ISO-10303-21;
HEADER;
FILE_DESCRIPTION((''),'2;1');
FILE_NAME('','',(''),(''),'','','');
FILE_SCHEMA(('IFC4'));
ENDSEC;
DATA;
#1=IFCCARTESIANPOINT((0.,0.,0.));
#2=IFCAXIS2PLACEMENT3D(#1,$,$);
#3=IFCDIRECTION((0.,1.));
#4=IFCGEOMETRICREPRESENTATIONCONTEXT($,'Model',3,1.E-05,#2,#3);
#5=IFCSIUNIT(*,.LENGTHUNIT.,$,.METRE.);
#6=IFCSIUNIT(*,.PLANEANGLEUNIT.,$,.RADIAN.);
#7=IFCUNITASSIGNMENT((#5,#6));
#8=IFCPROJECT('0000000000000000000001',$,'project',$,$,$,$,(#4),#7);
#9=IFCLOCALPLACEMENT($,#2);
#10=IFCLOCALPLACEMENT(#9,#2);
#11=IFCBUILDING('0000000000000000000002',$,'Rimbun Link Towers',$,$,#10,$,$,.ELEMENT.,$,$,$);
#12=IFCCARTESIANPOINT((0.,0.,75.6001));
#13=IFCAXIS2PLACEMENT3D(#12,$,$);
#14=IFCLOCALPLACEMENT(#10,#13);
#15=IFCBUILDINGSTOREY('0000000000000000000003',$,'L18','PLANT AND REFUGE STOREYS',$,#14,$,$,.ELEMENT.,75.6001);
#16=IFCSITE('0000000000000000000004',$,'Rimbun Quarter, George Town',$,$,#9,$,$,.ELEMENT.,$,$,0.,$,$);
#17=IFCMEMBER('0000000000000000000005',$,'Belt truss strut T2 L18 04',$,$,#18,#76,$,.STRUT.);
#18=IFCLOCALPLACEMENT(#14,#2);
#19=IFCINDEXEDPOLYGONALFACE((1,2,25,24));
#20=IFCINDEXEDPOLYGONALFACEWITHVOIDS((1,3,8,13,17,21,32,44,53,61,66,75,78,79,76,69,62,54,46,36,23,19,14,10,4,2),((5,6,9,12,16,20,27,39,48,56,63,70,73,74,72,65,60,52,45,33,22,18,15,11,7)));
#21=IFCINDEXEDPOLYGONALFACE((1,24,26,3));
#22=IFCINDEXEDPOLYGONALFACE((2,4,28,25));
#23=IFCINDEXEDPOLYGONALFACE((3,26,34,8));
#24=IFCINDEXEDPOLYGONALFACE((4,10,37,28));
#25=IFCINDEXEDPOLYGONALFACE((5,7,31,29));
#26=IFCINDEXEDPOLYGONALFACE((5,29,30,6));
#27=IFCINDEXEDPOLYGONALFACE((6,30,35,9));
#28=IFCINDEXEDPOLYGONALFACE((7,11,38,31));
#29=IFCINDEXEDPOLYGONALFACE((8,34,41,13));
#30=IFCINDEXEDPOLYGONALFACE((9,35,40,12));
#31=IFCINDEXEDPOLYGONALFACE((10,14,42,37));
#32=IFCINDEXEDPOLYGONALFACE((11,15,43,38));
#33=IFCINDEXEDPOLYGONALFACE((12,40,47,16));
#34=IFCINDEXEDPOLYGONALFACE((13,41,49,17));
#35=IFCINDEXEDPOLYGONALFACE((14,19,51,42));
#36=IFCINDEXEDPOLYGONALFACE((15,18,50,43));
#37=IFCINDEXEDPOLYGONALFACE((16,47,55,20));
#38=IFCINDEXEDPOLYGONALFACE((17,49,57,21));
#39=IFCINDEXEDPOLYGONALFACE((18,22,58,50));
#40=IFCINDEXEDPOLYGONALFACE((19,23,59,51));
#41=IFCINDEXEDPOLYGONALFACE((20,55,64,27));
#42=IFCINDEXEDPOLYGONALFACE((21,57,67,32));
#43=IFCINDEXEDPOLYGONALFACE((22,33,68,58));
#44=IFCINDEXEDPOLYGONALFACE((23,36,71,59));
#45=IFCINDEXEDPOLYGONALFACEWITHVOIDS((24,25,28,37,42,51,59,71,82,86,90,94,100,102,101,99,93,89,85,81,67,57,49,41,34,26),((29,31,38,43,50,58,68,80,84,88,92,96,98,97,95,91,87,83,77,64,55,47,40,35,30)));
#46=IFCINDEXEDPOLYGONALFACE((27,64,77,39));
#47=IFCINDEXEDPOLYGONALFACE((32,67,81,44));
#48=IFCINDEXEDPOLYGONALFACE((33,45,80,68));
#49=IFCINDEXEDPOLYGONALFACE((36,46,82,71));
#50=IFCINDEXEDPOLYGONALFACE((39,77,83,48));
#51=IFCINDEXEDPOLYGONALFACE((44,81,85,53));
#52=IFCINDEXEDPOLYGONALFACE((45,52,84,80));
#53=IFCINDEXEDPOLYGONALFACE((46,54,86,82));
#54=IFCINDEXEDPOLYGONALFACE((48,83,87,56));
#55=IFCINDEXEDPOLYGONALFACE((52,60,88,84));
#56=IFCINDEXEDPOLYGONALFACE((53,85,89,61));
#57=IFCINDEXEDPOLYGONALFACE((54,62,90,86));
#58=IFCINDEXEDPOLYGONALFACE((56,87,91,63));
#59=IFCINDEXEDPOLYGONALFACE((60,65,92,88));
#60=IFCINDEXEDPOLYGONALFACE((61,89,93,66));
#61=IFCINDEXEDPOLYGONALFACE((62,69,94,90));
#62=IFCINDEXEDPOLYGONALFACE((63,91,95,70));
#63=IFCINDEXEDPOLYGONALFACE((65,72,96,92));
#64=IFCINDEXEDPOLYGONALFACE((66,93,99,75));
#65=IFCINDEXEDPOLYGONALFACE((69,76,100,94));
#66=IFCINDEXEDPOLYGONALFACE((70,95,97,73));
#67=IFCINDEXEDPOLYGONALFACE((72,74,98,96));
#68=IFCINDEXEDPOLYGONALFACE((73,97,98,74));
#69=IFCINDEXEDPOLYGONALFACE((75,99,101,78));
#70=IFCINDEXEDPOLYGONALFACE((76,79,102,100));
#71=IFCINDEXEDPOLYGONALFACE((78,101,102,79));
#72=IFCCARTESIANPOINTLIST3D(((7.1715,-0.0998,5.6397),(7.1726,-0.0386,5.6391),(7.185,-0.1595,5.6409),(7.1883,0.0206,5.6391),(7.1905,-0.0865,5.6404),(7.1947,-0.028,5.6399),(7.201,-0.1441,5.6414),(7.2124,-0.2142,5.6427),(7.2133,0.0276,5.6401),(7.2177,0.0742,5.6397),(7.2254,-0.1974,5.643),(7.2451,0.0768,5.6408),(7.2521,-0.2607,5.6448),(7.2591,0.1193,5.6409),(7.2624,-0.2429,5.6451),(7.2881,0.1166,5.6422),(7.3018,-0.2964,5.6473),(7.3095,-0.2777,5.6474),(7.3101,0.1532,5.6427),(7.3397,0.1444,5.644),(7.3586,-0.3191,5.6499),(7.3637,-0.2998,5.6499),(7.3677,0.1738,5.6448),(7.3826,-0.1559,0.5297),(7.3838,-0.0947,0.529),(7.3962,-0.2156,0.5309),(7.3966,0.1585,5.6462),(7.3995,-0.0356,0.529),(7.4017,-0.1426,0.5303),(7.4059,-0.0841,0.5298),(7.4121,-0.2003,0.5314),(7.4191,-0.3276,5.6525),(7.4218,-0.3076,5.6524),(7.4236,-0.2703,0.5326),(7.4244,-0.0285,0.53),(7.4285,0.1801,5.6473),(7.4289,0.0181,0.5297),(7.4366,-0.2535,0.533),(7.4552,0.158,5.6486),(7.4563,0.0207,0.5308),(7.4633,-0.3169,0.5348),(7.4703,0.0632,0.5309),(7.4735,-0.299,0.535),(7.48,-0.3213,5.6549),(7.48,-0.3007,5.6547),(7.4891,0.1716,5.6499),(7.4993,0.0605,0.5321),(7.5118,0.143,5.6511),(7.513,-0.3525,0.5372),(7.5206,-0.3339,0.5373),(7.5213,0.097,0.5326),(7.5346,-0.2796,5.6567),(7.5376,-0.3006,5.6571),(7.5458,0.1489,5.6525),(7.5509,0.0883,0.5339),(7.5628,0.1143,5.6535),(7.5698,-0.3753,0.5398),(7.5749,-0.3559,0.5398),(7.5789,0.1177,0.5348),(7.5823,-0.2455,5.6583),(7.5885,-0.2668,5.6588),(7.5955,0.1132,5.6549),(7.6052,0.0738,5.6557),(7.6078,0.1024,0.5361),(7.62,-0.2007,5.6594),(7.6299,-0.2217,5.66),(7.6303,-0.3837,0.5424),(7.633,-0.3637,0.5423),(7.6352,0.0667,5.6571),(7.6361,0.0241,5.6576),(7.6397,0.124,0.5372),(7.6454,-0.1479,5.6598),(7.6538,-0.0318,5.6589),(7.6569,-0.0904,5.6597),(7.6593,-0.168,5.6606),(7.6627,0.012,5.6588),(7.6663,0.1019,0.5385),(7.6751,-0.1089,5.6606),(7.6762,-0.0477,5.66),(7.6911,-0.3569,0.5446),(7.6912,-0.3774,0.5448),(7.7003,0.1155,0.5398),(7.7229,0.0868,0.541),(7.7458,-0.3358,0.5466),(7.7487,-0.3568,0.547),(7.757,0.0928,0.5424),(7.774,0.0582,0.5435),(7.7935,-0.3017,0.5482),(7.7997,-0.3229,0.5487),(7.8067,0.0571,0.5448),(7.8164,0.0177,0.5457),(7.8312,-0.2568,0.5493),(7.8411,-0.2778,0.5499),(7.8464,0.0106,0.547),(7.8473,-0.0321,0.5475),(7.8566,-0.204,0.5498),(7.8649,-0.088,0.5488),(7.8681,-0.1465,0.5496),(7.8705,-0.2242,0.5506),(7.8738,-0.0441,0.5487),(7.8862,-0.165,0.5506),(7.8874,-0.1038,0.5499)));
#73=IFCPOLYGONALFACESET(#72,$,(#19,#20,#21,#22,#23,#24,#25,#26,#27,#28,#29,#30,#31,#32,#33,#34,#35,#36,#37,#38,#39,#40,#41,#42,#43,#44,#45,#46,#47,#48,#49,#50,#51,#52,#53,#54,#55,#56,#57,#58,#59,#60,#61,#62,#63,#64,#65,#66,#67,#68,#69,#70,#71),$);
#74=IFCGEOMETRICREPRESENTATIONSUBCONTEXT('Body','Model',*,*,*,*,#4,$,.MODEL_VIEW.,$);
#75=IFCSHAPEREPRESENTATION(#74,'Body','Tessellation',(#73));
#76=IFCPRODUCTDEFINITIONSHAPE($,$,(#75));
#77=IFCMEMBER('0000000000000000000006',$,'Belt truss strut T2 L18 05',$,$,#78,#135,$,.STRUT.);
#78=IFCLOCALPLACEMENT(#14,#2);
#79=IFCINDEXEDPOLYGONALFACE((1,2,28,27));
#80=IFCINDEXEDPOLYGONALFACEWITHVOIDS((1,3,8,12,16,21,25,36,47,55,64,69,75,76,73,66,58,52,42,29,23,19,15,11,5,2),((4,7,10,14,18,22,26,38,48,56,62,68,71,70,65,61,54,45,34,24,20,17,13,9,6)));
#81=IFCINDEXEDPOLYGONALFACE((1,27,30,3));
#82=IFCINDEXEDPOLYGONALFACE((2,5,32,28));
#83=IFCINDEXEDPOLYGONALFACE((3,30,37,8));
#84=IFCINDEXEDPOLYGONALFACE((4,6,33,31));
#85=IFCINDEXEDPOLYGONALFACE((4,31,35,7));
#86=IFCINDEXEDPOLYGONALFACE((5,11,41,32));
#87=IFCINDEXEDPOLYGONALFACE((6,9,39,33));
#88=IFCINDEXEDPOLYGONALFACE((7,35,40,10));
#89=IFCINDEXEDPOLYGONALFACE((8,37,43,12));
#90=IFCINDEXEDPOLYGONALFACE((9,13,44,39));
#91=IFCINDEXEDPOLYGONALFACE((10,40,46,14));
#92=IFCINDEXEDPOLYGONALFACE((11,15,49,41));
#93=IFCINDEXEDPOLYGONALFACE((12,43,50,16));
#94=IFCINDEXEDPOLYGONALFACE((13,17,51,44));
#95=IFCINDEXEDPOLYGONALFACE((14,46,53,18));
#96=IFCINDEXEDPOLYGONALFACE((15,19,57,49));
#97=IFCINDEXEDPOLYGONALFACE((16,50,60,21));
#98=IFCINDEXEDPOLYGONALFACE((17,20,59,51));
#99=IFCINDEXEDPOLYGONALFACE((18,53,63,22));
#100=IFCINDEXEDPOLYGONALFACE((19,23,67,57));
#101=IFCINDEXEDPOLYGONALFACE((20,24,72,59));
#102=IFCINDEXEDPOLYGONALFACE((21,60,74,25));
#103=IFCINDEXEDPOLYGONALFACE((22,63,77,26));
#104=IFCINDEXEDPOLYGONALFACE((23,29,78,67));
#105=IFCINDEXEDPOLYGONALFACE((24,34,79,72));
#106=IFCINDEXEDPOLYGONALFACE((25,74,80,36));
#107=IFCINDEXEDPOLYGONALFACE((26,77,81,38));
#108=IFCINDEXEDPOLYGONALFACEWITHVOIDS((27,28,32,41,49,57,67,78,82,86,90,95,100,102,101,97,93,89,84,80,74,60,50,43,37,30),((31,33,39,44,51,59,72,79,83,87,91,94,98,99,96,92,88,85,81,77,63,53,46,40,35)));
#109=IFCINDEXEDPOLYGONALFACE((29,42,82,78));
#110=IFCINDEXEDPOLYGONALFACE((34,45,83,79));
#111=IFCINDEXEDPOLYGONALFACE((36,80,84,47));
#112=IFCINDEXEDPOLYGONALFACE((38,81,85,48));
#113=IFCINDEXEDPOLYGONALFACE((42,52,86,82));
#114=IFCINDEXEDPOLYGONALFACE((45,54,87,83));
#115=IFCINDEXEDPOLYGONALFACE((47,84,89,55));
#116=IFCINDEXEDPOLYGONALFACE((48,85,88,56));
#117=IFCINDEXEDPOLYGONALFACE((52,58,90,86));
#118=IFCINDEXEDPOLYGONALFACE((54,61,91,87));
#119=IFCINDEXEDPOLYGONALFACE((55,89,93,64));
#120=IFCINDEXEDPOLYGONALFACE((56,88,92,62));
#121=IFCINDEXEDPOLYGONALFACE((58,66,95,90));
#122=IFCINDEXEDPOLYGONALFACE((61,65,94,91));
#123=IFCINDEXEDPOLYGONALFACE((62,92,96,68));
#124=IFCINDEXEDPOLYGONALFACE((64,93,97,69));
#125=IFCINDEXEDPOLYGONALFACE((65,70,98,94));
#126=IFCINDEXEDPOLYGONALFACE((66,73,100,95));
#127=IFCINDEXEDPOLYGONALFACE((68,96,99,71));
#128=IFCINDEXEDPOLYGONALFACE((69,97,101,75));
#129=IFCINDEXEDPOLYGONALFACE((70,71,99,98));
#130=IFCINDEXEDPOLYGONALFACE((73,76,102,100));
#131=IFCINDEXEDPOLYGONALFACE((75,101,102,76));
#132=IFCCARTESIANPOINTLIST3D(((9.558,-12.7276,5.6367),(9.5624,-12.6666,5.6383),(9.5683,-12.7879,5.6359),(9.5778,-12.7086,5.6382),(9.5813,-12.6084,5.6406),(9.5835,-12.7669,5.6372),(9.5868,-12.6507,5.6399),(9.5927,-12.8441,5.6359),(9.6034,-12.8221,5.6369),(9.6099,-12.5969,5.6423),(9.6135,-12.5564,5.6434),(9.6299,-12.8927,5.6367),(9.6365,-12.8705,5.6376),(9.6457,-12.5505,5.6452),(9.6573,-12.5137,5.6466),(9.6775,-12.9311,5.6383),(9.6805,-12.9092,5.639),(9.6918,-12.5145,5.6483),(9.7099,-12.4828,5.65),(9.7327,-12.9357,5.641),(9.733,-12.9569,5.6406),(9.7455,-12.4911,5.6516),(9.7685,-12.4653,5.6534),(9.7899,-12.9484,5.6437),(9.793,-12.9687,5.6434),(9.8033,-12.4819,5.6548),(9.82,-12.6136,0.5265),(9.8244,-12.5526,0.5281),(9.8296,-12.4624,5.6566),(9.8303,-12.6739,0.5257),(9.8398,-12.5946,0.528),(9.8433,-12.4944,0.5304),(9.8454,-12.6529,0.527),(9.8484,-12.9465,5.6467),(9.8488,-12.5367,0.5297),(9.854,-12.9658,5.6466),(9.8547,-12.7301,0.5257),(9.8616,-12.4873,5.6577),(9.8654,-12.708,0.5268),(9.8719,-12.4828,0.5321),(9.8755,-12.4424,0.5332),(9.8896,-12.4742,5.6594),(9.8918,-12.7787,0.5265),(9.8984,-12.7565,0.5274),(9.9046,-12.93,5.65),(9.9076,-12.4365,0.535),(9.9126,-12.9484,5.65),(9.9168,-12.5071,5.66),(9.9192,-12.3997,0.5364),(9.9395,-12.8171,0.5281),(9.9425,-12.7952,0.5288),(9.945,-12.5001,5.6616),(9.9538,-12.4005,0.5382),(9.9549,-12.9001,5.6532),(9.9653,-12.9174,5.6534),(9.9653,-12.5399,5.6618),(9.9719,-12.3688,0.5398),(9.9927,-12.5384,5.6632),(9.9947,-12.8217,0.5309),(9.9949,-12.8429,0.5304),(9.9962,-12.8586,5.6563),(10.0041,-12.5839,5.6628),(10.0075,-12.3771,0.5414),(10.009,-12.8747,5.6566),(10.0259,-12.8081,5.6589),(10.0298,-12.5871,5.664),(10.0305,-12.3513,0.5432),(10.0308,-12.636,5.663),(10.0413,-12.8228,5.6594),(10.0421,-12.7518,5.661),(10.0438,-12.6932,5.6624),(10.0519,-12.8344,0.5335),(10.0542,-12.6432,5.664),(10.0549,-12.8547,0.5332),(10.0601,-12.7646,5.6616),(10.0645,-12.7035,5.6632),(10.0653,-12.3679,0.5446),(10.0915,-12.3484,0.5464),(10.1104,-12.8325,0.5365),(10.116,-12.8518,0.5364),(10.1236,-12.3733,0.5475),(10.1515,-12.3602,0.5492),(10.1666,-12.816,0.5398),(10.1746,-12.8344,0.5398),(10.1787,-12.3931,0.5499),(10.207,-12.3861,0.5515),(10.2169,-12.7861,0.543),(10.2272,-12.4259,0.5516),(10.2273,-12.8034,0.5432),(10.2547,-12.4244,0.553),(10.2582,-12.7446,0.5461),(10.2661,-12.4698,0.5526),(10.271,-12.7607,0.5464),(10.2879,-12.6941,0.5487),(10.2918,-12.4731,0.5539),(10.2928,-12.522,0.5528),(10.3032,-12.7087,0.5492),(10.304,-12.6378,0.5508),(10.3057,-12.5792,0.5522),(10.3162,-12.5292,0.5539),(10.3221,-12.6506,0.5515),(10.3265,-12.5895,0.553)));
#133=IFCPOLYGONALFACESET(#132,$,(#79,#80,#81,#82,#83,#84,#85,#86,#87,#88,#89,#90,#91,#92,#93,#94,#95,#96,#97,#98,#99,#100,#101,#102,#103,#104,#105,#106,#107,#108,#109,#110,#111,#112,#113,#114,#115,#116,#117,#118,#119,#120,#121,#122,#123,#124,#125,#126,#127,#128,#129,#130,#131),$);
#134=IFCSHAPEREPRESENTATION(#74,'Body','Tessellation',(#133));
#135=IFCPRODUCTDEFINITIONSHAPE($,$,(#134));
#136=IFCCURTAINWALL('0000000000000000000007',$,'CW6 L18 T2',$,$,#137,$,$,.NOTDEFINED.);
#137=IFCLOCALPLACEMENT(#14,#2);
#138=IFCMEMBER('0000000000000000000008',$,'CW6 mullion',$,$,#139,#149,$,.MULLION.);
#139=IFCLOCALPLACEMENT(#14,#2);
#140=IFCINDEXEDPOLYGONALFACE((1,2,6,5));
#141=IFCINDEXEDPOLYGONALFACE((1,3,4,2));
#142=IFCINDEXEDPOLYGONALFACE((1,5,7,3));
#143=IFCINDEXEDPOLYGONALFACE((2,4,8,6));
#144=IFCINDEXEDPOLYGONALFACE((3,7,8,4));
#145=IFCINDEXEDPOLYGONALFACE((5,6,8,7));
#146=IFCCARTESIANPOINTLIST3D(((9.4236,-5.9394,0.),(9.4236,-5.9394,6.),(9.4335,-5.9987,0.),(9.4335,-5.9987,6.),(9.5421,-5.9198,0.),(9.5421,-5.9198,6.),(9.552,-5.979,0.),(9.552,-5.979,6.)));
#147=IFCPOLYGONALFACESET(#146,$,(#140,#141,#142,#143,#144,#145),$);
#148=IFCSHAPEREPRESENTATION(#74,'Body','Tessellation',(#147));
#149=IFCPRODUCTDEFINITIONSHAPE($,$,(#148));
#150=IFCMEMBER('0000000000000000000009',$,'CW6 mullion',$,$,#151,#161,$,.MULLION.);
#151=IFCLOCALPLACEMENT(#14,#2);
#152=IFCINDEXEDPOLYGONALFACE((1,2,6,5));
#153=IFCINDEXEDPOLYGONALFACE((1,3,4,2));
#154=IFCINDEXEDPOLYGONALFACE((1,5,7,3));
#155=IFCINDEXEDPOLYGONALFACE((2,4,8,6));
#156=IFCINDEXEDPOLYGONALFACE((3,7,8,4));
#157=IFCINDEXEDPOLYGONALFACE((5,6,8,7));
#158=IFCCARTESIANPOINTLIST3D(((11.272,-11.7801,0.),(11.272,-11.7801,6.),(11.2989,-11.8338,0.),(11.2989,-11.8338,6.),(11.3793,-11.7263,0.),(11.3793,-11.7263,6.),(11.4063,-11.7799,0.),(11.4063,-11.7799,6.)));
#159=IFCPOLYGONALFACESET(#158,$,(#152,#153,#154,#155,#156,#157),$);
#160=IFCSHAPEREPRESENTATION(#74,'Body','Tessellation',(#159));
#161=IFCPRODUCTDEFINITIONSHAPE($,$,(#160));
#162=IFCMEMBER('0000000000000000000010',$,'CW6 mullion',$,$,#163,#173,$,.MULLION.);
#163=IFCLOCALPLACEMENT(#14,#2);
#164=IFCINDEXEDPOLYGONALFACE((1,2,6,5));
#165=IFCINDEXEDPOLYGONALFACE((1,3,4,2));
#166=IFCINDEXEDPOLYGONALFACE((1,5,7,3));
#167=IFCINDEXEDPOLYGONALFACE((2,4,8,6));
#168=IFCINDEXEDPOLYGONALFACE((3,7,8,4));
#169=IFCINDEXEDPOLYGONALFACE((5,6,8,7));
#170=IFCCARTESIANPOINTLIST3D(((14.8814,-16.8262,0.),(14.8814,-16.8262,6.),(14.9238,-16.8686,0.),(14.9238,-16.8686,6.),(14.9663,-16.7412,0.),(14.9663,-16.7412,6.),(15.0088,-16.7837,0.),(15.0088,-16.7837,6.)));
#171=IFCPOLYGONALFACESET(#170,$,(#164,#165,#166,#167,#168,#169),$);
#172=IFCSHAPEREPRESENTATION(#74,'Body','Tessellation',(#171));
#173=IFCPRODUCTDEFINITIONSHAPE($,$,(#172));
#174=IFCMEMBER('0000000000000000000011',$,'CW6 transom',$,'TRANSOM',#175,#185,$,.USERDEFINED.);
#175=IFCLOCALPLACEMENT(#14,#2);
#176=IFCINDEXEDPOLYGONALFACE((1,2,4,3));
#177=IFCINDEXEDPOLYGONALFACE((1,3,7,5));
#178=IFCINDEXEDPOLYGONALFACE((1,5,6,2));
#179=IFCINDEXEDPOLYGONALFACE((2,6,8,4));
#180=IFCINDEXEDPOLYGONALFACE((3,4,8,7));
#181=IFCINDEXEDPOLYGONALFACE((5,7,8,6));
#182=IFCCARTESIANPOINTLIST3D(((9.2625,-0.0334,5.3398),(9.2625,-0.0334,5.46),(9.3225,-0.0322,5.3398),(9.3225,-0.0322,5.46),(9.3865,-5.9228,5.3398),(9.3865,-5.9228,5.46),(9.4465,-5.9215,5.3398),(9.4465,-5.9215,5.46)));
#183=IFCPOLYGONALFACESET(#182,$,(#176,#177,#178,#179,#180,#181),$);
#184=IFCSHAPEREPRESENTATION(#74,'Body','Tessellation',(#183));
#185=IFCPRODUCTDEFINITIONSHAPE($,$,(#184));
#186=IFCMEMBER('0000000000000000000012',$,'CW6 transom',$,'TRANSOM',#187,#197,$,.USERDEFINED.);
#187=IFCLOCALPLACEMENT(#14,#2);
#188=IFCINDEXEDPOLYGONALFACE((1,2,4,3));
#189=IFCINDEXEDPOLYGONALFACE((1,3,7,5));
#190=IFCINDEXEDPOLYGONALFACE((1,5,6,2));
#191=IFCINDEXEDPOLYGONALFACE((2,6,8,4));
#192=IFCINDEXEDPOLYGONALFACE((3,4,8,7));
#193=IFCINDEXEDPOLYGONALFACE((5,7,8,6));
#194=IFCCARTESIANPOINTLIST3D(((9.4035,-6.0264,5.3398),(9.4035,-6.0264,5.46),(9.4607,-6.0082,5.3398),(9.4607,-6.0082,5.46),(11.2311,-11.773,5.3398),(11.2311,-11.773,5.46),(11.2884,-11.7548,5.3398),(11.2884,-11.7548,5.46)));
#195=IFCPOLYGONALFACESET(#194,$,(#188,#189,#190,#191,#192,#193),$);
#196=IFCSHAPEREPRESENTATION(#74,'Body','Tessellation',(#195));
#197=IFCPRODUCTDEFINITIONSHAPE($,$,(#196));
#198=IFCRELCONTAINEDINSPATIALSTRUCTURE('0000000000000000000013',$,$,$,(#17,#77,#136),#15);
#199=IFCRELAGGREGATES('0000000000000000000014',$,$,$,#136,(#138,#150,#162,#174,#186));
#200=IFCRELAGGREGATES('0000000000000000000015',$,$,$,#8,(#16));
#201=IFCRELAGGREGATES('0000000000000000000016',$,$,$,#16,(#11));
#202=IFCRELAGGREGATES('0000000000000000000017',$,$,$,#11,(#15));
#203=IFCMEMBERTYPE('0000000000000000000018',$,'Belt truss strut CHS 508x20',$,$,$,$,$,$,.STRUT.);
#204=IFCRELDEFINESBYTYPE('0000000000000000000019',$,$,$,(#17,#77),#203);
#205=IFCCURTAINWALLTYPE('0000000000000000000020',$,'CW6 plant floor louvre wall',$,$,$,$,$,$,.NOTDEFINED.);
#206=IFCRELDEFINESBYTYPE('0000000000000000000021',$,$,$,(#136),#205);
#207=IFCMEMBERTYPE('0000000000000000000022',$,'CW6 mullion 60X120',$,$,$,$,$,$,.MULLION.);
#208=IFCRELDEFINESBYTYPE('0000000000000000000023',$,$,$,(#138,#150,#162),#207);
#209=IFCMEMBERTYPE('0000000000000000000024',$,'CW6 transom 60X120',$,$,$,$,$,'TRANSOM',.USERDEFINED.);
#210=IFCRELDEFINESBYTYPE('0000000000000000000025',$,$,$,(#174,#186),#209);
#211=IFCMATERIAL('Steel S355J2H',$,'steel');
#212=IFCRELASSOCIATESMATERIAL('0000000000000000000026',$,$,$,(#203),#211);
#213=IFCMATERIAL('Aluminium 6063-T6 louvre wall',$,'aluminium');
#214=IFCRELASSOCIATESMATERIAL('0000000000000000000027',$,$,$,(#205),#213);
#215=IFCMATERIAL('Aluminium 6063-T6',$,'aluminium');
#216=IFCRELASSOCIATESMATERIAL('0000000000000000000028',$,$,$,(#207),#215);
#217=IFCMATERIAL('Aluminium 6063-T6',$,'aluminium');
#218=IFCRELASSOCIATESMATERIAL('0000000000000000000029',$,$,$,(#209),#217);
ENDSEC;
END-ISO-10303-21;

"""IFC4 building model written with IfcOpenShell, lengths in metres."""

from ifc_helpers import new_model, si_unit, direction, frame, origin, origin_2d, place, context, subcontext, project, spatial, rectangle, hollow_circle, extrude, material, material_profile, profile_set, type_object, element, aggregate, save


model = new_model("IFC4")

# Units and contexts
model_context = context("Model", 3, precision=1e-05, world=origin(), true_north=direction((0.0, 1.0)))
body_context = subcontext(model_context, "Body", "Model", "MODEL_VIEW")
ifc_project = project(units=[si_unit("LENGTHUNIT", "METRE"), si_unit("PLANEANGLEUNIT", "RADIAN")], contexts=[model_context])

# Site, building, storey
site_placement = place(None, origin())
site = spatial("IfcSite", under=ifc_project, at=site_placement, Name="Rimbun Quarter, George Town", CompositionType="ELEMENT", RefElevation=0.0)
building_placement = place(site_placement, origin())
building = spatial("IfcBuilding", under=site, at=building_placement, Name="Rimbun Link Towers", CompositionType="ELEMENT")
storey_placement = place(building_placement, frame((0.0, 0.0, 75.6001)))
storey = spatial("IfcBuildingStorey", under=building, at=storey_placement, Name="L18", Description="PLANT AND REFUGE STOREYS", CompositionType="ELEMENT", Elevation=75.6001)

# Members
ifc_material_1 = material(Name="Steel S355J2H", Category="steel")
ifc_material_profile_1 = material_profile(ifc_material_1, hollow_circle(Radius=0.2539, WallThickness=0.02, at=origin_2d()), Name="Belt truss strut CHS 508x20")
ifc_profile_set_1 = profile_set([ifc_material_profile_1], Name="Steel S355J2H")
member_type_1 = type_object("IfcMemberType", Name="Belt truss strut CHS 508x20", PredefinedType="STRUT", material=ifc_profile_set_1)
member_1_placement = place(storey_placement, frame((7.635, -0.1299, 0.5398), z_axis=(-0.041289, 0.010978, 0.999087), x_axis=(-0.256967, -0.96642, 0.0)))
element("IfcMember", 1, at=member_1_placement, inside=storey, type_object=member_type_1, Name="Belt truss strut T2 L18 04", PredefinedType="STRUT", context=body_context, shape_type="SweptSolid", body=[
    extrude(hollow_circle(Radius=0.2539, WallThickness=0.02, at=origin_2d()), origin(), (0.0, 0.0, 1.0), 5.1147),
])
member_2_placement = place(storey_placement, frame((10.0732, -12.6016, 0.5398), z_axis=(-0.051184, -0.022277, 0.998441), x_axis=(0.39907, -0.916921, 0.0)))
element("IfcMember", 2, at=member_2_placement, inside=storey, type_object=member_type_1, Name="Belt truss strut T2 L18 05", PredefinedType="STRUT", context=body_context, shape_type="SweptSolid", body=[
    extrude(hollow_circle(Radius=0.2539, WallThickness=0.02, at=origin_2d()), origin(), (0.0, 0.0, 1.0), 5.1182),
])

# Curtain wall, members
ifc_material_2 = material(Name="Aluminium 6063-T6 louvre wall", Category="aluminium")
curtain_wall_type = type_object("IfcCurtainWallType", Name="CW6 plant floor louvre wall", PredefinedType="NOTDEFINED", material=ifc_material_2)
curtain_wall_placement = place(storey_placement, origin())
curtain_wall = element("IfcCurtainWall", 3, at=curtain_wall_placement, inside=storey, type_object=curtain_wall_type, Name="CW6 L18 T2", PredefinedType="NOTDEFINED")
ifc_material_3 = material(Name="Aluminium 6063-T6", Category="aluminium")
ifc_material_profile_2 = material_profile(ifc_material_3, rectangle(XDim=0.1201, YDim=0.0601, at=origin_2d()), Name="MULLION 60X120")
ifc_profile_set_2 = profile_set([ifc_material_profile_2], Name="Aluminium 6063-T6")
member_type_2 = type_object("IfcMemberType", Name="CW6 mullion 60X120", PredefinedType="MULLION", material=ifc_profile_set_2)
member_3_placement = place(storey_placement, frame((9.4878, -5.9592, 0.0), z_axis=(0.0, 0.0, 1.0), x_axis=(-0.986503, -0.163745, 0.0)))
member_3 = element("IfcMember", 4, at=member_3_placement, type_object=member_type_2, Name="CW6 mullion", PredefinedType="MULLION", context=body_context, shape_type="SweptSolid", body=[
    extrude(rectangle(XDim=0.1201, YDim=0.0601, at=origin_2d()), origin(), (0.0, 0.0, 1.0), 6.0),
])
member_4_placement = place(storey_placement, frame((11.3391, -11.78, 0.0), z_axis=(0.0, 0.0, 1.0), x_axis=(-0.893747, -0.448572, 0.0)))
member_4 = element("IfcMember", 5, at=member_4_placement, type_object=member_type_2, Name="CW6 mullion", PredefinedType="MULLION", context=body_context, shape_type="SweptSolid", body=[
    extrude(rectangle(XDim=0.1201, YDim=0.0601, at=origin_2d()), origin(), (0.0, 0.0, 1.0), 6.0),
])
member_5_placement = place(storey_placement, frame((14.9451, -16.8049, 0.0), z_axis=(0.0, 0.0, 1.0), x_axis=(-0.707107, -0.707107, 0.0)))
member_5 = element("IfcMember", 6, at=member_5_placement, type_object=member_type_2, Name="CW6 mullion", PredefinedType="MULLION", context=body_context, shape_type="SweptSolid", body=[
    extrude(rectangle(XDim=0.1201, YDim=0.0601, at=origin_2d()), origin(), (0.0, 0.0, 1.0), 6.0),
])
ifc_material_4 = material(Name="Aluminium 6063-T6", Category="aluminium")
ifc_material_profile_3 = material_profile(ifc_material_4, rectangle(XDim=0.0601, YDim=0.1201, at=origin_2d()), Name="TRANSOM 60X120")
ifc_profile_set_3 = profile_set([ifc_material_profile_3], Name="Aluminium 6063-T6")
member_type_3 = type_object("IfcMemberType", Name="CW6 transom 60X120", ElementType="TRANSOM", PredefinedType="USERDEFINED", material=ifc_profile_set_3)
member_6_placement = place(storey_placement, frame((9.4165, -5.9221, 5.3999), z_axis=(-0.021054, 0.999778, 0.0), x_axis=(-0.999778, -0.021054, 0.0)))
member_6 = element("IfcMember", 7, at=member_6_placement, type_object=member_type_3, Name="CW6 transom", ObjectType="TRANSOM", PredefinedType="USERDEFINED", context=body_context, shape_type="SweptSolid", body=[
    extrude(rectangle(XDim=0.0601, YDim=0.1201, at=origin_2d()), origin(), (0.0, 0.0, 1.0), 5.8906),
])
member_7_placement = place(storey_placement, frame((11.2598, -11.7639, 5.3999), z_axis=(-0.30308, 0.952965, 0.0), x_axis=(-0.952965, -0.30308, 0.0)))
member_7 = element("IfcMember", 8, at=member_7_placement, type_object=member_type_3, Name="CW6 transom", ObjectType="TRANSOM", PredefinedType="USERDEFINED", context=body_context, shape_type="SweptSolid", body=[
    extrude(rectangle(XDim=0.0601, YDim=0.1201, at=origin_2d()), origin(), (0.0, 0.0, 1.0), 6.0303),
])

aggregate(curtain_wall, [member_3, member_4, member_5, member_6, member_7])

save(model, "model.ifc")
